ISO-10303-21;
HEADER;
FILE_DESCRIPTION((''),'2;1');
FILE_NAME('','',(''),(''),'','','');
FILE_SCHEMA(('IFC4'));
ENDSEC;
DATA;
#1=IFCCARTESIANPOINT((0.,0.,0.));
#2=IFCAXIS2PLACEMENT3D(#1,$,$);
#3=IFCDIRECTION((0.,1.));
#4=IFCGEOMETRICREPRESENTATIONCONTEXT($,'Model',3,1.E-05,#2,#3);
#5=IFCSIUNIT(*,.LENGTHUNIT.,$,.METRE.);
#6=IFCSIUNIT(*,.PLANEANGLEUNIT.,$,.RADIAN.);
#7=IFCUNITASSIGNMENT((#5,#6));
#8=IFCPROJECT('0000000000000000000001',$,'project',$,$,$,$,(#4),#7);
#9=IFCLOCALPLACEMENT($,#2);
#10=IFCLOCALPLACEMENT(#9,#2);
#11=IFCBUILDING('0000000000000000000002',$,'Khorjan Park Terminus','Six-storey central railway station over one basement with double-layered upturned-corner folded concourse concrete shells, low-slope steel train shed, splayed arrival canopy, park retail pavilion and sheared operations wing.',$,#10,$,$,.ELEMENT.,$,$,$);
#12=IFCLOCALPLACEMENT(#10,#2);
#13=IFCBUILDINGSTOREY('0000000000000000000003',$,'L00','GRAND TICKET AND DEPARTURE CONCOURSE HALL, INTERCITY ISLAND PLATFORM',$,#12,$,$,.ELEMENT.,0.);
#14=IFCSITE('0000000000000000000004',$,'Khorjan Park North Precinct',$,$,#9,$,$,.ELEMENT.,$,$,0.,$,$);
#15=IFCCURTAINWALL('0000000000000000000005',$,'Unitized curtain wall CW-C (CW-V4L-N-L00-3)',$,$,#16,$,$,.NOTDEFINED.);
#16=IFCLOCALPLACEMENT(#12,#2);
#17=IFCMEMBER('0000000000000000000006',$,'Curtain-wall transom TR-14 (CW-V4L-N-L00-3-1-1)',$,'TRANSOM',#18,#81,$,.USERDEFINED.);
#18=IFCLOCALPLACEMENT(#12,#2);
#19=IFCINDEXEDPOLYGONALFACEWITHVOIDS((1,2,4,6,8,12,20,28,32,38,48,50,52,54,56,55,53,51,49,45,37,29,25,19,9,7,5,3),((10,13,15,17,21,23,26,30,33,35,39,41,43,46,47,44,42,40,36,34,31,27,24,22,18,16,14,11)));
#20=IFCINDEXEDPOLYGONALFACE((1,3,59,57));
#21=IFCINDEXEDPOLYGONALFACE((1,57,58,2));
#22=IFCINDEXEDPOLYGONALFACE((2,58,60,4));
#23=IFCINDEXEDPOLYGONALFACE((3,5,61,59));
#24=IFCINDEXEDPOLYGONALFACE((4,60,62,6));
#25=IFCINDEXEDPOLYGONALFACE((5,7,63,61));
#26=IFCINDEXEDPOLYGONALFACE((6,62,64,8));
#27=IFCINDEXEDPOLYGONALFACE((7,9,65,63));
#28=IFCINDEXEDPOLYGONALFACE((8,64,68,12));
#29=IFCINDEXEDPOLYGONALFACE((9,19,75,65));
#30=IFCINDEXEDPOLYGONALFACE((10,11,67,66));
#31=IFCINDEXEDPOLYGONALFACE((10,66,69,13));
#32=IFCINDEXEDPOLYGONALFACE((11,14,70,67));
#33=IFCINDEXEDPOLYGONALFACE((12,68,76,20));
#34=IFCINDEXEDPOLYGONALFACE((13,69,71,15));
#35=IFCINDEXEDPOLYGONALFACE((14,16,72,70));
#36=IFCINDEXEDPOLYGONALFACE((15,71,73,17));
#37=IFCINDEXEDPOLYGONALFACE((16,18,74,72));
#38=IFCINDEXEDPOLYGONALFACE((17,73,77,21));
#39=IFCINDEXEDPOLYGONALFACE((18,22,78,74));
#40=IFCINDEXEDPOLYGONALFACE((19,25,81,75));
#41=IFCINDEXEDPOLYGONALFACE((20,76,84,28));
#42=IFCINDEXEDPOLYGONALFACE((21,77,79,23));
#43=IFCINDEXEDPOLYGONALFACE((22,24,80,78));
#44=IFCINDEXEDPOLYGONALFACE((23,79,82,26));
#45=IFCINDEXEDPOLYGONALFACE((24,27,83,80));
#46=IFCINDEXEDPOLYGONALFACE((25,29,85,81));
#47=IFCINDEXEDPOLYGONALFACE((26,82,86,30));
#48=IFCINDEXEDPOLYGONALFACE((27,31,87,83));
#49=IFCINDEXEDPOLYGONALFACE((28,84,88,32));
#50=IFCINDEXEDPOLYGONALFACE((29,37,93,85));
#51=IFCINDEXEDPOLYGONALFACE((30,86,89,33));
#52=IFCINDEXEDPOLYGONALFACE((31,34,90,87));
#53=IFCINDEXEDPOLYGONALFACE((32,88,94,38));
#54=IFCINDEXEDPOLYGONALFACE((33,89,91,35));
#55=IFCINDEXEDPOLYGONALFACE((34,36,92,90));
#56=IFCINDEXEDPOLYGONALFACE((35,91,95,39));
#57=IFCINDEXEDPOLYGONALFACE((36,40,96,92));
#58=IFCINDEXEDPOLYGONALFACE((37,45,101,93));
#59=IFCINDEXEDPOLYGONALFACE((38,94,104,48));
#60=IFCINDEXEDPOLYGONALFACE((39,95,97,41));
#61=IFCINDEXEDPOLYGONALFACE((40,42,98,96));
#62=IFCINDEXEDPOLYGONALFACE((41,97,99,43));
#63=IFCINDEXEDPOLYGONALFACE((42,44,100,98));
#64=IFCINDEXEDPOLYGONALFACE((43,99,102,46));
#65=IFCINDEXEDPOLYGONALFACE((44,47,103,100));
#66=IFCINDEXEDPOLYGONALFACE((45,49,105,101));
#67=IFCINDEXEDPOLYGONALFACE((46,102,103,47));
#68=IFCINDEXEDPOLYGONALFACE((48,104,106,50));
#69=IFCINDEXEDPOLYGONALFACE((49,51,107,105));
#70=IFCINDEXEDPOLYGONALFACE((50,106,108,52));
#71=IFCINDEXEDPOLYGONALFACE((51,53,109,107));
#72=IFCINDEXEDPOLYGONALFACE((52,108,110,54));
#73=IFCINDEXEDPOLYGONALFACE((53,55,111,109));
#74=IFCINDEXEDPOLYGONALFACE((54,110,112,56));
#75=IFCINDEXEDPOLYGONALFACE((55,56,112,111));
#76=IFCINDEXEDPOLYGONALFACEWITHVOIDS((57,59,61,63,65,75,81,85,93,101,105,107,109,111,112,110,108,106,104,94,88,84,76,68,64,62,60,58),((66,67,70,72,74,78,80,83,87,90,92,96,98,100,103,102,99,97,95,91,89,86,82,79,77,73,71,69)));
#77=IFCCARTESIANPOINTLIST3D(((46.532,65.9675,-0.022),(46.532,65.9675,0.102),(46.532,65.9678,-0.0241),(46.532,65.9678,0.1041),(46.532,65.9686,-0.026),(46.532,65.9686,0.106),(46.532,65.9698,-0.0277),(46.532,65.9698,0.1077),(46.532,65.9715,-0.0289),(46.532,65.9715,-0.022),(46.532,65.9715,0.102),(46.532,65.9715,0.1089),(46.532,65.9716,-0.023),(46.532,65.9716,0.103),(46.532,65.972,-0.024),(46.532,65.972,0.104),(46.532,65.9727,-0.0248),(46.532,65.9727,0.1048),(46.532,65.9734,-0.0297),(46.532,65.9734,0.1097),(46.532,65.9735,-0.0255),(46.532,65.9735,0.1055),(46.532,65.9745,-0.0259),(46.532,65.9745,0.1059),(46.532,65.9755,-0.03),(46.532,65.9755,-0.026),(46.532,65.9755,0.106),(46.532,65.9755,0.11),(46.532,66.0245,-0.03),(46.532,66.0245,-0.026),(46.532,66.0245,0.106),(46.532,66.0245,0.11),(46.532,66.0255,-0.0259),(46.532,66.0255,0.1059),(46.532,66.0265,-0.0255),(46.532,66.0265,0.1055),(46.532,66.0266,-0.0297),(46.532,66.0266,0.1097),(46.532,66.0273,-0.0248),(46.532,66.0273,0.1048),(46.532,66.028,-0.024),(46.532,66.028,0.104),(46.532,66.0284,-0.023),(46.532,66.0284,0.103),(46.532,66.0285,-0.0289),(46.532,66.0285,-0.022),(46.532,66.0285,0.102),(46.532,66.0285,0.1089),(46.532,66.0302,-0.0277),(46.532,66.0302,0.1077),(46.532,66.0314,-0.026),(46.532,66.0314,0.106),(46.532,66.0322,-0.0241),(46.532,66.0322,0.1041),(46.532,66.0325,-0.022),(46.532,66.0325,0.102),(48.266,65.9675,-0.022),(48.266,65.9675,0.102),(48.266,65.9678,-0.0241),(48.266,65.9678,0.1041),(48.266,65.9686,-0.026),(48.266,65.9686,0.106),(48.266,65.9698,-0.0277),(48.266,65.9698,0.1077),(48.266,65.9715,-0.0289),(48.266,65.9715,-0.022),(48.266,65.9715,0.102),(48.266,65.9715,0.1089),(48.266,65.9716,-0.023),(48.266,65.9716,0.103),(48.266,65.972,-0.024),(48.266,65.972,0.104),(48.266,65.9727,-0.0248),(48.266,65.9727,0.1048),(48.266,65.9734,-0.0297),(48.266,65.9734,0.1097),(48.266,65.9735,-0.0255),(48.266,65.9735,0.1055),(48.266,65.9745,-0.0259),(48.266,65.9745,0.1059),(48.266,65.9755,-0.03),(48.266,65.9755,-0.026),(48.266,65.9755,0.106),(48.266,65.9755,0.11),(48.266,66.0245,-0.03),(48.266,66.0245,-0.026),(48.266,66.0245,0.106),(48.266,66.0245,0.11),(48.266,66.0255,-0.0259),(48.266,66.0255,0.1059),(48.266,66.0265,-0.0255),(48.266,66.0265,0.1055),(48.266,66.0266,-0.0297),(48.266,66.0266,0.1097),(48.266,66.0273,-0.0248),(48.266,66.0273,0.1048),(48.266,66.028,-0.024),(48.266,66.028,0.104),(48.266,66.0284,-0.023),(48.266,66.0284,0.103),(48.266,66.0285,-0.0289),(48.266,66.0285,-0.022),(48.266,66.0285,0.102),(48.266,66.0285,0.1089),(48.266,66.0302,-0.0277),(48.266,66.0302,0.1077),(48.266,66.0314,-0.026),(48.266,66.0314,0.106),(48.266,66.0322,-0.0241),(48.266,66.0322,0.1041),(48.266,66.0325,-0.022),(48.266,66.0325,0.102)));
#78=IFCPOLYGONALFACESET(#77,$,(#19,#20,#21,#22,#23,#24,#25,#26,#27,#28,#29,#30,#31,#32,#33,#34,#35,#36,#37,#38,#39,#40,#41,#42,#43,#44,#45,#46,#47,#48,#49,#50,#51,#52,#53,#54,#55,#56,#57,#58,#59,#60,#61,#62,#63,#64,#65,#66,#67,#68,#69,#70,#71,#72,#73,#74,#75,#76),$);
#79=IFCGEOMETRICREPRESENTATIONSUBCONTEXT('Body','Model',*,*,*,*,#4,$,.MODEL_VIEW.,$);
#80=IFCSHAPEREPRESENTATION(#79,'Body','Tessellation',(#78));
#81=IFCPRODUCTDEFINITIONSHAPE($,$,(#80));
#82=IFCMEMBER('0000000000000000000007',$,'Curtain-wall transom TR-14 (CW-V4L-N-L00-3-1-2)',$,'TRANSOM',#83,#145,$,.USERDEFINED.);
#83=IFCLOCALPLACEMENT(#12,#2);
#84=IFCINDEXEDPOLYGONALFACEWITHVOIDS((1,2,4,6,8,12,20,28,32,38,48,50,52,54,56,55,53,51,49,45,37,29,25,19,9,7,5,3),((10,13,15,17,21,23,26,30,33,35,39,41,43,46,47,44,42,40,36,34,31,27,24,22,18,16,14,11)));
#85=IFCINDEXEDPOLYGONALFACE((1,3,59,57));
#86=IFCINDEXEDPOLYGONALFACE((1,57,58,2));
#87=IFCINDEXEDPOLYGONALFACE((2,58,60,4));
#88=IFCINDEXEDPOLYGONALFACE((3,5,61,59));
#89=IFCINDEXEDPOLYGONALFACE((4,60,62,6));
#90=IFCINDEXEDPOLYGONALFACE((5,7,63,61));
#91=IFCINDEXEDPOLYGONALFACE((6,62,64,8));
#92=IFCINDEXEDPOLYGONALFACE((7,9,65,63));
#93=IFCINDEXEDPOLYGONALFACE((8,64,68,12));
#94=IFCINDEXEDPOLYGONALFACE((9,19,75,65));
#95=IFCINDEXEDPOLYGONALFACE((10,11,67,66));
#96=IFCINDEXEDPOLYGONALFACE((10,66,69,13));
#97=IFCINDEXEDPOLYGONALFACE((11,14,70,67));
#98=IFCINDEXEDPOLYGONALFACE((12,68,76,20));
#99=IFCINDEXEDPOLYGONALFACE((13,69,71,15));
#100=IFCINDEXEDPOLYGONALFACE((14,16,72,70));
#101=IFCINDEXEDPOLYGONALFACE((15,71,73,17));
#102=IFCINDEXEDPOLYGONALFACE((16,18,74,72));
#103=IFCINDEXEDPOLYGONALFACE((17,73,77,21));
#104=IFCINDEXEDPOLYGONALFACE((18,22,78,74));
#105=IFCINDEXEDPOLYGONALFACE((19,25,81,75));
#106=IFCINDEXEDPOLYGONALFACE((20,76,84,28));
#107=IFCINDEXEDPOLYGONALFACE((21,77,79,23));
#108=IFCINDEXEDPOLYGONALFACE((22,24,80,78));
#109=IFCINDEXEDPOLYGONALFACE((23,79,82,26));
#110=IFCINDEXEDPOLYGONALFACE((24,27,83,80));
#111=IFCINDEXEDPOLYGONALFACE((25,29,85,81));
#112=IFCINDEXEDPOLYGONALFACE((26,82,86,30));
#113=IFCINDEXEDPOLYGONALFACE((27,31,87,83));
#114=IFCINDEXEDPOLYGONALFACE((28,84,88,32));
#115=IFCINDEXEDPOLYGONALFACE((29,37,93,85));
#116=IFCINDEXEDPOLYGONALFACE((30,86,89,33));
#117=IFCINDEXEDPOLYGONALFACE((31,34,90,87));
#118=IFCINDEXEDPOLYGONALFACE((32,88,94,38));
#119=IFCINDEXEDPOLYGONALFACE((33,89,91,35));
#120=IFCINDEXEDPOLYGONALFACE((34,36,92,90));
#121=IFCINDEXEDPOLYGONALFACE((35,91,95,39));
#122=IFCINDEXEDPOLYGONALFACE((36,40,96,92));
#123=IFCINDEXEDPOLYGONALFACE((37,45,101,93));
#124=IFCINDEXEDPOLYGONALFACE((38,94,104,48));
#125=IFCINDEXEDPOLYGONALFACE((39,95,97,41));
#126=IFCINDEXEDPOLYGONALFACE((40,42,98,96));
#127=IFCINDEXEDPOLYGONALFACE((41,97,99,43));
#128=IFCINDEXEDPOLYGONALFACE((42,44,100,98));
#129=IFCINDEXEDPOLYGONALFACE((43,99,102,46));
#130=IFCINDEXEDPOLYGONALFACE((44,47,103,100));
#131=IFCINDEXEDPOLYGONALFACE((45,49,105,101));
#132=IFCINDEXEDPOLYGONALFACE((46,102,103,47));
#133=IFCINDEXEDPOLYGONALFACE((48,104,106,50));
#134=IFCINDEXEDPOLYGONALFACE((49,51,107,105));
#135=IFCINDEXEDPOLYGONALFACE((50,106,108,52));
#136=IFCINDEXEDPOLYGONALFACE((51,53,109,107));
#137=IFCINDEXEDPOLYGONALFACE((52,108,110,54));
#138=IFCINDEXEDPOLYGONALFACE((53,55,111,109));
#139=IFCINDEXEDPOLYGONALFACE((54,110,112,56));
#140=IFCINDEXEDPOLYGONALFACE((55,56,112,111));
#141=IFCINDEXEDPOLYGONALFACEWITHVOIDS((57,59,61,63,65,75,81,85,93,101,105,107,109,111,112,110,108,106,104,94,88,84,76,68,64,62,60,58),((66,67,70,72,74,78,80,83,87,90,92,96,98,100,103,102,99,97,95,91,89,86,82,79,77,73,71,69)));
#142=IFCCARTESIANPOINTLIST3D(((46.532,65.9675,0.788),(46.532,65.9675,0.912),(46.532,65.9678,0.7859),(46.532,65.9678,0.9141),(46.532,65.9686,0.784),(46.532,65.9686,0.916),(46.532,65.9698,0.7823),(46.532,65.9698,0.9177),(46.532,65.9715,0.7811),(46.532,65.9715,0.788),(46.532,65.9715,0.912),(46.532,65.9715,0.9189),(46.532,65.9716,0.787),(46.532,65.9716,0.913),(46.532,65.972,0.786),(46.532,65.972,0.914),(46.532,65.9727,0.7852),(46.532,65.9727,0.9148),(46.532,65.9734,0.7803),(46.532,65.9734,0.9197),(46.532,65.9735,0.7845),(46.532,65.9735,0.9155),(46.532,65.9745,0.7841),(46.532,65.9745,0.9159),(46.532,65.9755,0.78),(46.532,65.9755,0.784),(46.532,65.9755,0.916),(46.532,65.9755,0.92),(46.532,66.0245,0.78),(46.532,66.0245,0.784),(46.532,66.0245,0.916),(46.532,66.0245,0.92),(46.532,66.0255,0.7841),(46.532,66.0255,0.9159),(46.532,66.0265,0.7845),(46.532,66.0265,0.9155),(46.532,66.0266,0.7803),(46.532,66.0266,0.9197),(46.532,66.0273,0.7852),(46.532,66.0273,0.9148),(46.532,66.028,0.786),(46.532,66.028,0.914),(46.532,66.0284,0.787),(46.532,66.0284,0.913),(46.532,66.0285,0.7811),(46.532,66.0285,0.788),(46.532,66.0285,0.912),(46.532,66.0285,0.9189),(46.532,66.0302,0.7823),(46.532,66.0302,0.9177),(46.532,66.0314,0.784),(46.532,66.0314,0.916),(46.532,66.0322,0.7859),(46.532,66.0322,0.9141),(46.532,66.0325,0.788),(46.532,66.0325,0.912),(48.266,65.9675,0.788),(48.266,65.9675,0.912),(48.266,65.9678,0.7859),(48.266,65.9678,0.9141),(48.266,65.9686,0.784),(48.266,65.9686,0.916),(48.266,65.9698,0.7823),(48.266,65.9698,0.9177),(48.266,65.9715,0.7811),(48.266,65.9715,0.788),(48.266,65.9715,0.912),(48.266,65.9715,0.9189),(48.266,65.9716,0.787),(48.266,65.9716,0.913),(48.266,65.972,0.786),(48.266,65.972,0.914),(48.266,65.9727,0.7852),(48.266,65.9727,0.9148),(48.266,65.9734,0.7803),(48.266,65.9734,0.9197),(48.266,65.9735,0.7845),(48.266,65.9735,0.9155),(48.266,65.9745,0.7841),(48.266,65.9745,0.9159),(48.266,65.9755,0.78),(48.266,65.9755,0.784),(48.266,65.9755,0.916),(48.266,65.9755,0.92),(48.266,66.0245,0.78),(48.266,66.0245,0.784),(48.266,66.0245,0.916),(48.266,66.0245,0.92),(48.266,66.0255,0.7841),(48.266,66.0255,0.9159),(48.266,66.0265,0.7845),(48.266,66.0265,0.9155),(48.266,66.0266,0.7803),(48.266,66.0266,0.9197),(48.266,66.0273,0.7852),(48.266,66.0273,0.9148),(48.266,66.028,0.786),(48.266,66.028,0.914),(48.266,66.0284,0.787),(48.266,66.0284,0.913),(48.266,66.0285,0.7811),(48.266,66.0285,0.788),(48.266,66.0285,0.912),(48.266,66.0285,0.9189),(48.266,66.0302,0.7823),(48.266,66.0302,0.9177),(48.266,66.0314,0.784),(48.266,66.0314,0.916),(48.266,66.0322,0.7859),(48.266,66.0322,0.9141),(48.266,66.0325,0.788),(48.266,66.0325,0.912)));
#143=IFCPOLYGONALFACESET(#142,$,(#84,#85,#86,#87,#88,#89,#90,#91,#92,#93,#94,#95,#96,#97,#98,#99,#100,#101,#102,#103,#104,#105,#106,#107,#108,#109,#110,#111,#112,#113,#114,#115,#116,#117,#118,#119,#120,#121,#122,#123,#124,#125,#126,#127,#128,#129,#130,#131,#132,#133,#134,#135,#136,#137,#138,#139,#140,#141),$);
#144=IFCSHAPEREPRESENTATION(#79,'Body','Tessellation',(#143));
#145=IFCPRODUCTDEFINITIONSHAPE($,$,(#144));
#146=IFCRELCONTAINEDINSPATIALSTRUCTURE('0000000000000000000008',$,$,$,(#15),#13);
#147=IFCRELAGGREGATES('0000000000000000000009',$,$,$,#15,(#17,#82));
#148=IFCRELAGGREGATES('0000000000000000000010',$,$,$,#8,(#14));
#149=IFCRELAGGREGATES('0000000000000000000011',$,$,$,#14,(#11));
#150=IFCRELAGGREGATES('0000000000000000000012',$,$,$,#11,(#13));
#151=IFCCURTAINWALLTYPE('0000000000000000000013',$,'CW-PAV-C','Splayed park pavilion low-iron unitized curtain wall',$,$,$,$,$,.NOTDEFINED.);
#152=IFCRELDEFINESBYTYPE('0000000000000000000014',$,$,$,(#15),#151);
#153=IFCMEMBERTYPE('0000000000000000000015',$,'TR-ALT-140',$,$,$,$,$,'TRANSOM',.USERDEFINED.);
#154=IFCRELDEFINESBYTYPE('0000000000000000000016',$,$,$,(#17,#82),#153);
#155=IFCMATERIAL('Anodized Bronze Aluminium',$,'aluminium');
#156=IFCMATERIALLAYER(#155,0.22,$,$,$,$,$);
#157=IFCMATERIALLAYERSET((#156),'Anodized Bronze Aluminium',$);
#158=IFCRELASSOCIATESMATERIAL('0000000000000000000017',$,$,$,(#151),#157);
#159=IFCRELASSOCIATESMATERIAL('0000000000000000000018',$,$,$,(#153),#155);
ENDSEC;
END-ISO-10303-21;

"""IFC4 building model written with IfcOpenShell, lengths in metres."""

from ifc_helpers import new_model, si_unit, direction, frame, origin, origin_2d, place, context, subcontext, project, spatial, hollow_rectangle, extrude, material, layer, layer_set, material_profile, profile_set, type_object, element, aggregate, save


model = new_model("IFC4")

# Units and contexts
model_context = context("Model", 3, precision=1e-05, world=origin(), true_north=direction((0.0, 1.0)))
body_context = subcontext(model_context, "Body", "Model", "MODEL_VIEW")
ifc_project = project(units=[si_unit("LENGTHUNIT", "METRE"), si_unit("PLANEANGLEUNIT", "RADIAN")], contexts=[model_context])

# Site, building, storey
site_placement = place(None, origin())
site = spatial("IfcSite", under=ifc_project, at=site_placement, Name="Khorjan Park North Precinct", CompositionType="ELEMENT", RefElevation=0.0)
building_placement = place(site_placement, origin())
building = spatial("IfcBuilding", under=site, at=building_placement, Name="Khorjan Park Terminus", Description="Six-storey central railway station over one basement with double-layered upturned-corner folded concourse concrete shells, low-slope steel train shed, splayed arrival canopy, park retail pavilion and sheared operations wing.", CompositionType="ELEMENT")
storey_placement = place(building_placement, origin())
storey = spatial("IfcBuildingStorey", under=building, at=storey_placement, Name="L00", Description="GRAND TICKET AND DEPARTURE CONCOURSE HALL, INTERCITY ISLAND PLATFORM", CompositionType="ELEMENT", Elevation=0.0)

# Curtain wall
ifc_material_1 = material(Name="Anodized Bronze Aluminium", Category="aluminium")
ifc_layer_1 = layer(ifc_material_1, 0.22)
ifc_layer_set_1 = layer_set([ifc_layer_1], Name="Anodized Bronze Aluminium")
curtain_wall_type_1 = type_object("IfcCurtainWallType", Name="CW-PAV-C", Description="Splayed park pavilion low-iron unitized curtain wall", PredefinedType="NOTDEFINED", material=ifc_layer_set_1)
curtain_wall_1_placement = place(storey_placement, origin())
curtain_wall_1 = element("IfcCurtainWall", 1, at=curtain_wall_1_placement, inside=storey, type_object=curtain_wall_type_1, Name="Unitized curtain wall CW-C (CW-V4L-N-L00-3)", PredefinedType="NOTDEFINED")

# Members
ifc_material_profile_1 = material_profile(ifc_material_1, hollow_rectangle(XDim=0.065, YDim=0.14, WallThickness=0.004, InnerFilletRadius=0.004, OuterFilletRadius=0.008, at=origin_2d()), Name="ALT 65x140x4")
ifc_profile_set_1 = profile_set([ifc_material_profile_1], Name="Anodized Bronze Aluminium")
member_type_1 = type_object("IfcMemberType", Name="TR-ALT-140", ElementType="TRANSOM", PredefinedType="USERDEFINED", material=ifc_profile_set_1)
member_1_placement = place(storey_placement, frame((48.266, 66.0, 0.04), z_axis=(-1.0, 0.0, 0.0), x_axis=(0.0, -1.0, 0.0)))
member_1 = element("IfcMember", 2, at=member_1_placement, type_object=member_type_1, Name="Curtain-wall transom TR-14 (CW-V4L-N-L00-3-1-1)", ObjectType="TRANSOM", PredefinedType="USERDEFINED", context=body_context, shape_type="SweptSolid", body=[
    extrude(hollow_rectangle(XDim=0.065, YDim=0.14, WallThickness=0.004, InnerFilletRadius=0.004, OuterFilletRadius=0.008, at=origin_2d()), origin(), (0.0, 0.0, 1.0), 1.734),
])
member_2_placement = place(storey_placement, frame((48.266, 66.0, 0.85), z_axis=(-1.0, 0.0, 0.0), x_axis=(0.0, -1.0, 0.0)))
member_2 = element("IfcMember", 3, at=member_2_placement, type_object=member_type_1, Name="Curtain-wall transom TR-14 (CW-V4L-N-L00-3-1-2)", ObjectType="TRANSOM", PredefinedType="USERDEFINED", context=body_context, shape_type="SweptSolid", body=[
    extrude(hollow_rectangle(XDim=0.065, YDim=0.14, WallThickness=0.004, InnerFilletRadius=0.004, OuterFilletRadius=0.008, at=origin_2d()), origin(), (0.0, 0.0, 1.0), 1.734),
])

aggregate(curtain_wall_1, [member_1, member_2])

save(model, "model.ifc")
